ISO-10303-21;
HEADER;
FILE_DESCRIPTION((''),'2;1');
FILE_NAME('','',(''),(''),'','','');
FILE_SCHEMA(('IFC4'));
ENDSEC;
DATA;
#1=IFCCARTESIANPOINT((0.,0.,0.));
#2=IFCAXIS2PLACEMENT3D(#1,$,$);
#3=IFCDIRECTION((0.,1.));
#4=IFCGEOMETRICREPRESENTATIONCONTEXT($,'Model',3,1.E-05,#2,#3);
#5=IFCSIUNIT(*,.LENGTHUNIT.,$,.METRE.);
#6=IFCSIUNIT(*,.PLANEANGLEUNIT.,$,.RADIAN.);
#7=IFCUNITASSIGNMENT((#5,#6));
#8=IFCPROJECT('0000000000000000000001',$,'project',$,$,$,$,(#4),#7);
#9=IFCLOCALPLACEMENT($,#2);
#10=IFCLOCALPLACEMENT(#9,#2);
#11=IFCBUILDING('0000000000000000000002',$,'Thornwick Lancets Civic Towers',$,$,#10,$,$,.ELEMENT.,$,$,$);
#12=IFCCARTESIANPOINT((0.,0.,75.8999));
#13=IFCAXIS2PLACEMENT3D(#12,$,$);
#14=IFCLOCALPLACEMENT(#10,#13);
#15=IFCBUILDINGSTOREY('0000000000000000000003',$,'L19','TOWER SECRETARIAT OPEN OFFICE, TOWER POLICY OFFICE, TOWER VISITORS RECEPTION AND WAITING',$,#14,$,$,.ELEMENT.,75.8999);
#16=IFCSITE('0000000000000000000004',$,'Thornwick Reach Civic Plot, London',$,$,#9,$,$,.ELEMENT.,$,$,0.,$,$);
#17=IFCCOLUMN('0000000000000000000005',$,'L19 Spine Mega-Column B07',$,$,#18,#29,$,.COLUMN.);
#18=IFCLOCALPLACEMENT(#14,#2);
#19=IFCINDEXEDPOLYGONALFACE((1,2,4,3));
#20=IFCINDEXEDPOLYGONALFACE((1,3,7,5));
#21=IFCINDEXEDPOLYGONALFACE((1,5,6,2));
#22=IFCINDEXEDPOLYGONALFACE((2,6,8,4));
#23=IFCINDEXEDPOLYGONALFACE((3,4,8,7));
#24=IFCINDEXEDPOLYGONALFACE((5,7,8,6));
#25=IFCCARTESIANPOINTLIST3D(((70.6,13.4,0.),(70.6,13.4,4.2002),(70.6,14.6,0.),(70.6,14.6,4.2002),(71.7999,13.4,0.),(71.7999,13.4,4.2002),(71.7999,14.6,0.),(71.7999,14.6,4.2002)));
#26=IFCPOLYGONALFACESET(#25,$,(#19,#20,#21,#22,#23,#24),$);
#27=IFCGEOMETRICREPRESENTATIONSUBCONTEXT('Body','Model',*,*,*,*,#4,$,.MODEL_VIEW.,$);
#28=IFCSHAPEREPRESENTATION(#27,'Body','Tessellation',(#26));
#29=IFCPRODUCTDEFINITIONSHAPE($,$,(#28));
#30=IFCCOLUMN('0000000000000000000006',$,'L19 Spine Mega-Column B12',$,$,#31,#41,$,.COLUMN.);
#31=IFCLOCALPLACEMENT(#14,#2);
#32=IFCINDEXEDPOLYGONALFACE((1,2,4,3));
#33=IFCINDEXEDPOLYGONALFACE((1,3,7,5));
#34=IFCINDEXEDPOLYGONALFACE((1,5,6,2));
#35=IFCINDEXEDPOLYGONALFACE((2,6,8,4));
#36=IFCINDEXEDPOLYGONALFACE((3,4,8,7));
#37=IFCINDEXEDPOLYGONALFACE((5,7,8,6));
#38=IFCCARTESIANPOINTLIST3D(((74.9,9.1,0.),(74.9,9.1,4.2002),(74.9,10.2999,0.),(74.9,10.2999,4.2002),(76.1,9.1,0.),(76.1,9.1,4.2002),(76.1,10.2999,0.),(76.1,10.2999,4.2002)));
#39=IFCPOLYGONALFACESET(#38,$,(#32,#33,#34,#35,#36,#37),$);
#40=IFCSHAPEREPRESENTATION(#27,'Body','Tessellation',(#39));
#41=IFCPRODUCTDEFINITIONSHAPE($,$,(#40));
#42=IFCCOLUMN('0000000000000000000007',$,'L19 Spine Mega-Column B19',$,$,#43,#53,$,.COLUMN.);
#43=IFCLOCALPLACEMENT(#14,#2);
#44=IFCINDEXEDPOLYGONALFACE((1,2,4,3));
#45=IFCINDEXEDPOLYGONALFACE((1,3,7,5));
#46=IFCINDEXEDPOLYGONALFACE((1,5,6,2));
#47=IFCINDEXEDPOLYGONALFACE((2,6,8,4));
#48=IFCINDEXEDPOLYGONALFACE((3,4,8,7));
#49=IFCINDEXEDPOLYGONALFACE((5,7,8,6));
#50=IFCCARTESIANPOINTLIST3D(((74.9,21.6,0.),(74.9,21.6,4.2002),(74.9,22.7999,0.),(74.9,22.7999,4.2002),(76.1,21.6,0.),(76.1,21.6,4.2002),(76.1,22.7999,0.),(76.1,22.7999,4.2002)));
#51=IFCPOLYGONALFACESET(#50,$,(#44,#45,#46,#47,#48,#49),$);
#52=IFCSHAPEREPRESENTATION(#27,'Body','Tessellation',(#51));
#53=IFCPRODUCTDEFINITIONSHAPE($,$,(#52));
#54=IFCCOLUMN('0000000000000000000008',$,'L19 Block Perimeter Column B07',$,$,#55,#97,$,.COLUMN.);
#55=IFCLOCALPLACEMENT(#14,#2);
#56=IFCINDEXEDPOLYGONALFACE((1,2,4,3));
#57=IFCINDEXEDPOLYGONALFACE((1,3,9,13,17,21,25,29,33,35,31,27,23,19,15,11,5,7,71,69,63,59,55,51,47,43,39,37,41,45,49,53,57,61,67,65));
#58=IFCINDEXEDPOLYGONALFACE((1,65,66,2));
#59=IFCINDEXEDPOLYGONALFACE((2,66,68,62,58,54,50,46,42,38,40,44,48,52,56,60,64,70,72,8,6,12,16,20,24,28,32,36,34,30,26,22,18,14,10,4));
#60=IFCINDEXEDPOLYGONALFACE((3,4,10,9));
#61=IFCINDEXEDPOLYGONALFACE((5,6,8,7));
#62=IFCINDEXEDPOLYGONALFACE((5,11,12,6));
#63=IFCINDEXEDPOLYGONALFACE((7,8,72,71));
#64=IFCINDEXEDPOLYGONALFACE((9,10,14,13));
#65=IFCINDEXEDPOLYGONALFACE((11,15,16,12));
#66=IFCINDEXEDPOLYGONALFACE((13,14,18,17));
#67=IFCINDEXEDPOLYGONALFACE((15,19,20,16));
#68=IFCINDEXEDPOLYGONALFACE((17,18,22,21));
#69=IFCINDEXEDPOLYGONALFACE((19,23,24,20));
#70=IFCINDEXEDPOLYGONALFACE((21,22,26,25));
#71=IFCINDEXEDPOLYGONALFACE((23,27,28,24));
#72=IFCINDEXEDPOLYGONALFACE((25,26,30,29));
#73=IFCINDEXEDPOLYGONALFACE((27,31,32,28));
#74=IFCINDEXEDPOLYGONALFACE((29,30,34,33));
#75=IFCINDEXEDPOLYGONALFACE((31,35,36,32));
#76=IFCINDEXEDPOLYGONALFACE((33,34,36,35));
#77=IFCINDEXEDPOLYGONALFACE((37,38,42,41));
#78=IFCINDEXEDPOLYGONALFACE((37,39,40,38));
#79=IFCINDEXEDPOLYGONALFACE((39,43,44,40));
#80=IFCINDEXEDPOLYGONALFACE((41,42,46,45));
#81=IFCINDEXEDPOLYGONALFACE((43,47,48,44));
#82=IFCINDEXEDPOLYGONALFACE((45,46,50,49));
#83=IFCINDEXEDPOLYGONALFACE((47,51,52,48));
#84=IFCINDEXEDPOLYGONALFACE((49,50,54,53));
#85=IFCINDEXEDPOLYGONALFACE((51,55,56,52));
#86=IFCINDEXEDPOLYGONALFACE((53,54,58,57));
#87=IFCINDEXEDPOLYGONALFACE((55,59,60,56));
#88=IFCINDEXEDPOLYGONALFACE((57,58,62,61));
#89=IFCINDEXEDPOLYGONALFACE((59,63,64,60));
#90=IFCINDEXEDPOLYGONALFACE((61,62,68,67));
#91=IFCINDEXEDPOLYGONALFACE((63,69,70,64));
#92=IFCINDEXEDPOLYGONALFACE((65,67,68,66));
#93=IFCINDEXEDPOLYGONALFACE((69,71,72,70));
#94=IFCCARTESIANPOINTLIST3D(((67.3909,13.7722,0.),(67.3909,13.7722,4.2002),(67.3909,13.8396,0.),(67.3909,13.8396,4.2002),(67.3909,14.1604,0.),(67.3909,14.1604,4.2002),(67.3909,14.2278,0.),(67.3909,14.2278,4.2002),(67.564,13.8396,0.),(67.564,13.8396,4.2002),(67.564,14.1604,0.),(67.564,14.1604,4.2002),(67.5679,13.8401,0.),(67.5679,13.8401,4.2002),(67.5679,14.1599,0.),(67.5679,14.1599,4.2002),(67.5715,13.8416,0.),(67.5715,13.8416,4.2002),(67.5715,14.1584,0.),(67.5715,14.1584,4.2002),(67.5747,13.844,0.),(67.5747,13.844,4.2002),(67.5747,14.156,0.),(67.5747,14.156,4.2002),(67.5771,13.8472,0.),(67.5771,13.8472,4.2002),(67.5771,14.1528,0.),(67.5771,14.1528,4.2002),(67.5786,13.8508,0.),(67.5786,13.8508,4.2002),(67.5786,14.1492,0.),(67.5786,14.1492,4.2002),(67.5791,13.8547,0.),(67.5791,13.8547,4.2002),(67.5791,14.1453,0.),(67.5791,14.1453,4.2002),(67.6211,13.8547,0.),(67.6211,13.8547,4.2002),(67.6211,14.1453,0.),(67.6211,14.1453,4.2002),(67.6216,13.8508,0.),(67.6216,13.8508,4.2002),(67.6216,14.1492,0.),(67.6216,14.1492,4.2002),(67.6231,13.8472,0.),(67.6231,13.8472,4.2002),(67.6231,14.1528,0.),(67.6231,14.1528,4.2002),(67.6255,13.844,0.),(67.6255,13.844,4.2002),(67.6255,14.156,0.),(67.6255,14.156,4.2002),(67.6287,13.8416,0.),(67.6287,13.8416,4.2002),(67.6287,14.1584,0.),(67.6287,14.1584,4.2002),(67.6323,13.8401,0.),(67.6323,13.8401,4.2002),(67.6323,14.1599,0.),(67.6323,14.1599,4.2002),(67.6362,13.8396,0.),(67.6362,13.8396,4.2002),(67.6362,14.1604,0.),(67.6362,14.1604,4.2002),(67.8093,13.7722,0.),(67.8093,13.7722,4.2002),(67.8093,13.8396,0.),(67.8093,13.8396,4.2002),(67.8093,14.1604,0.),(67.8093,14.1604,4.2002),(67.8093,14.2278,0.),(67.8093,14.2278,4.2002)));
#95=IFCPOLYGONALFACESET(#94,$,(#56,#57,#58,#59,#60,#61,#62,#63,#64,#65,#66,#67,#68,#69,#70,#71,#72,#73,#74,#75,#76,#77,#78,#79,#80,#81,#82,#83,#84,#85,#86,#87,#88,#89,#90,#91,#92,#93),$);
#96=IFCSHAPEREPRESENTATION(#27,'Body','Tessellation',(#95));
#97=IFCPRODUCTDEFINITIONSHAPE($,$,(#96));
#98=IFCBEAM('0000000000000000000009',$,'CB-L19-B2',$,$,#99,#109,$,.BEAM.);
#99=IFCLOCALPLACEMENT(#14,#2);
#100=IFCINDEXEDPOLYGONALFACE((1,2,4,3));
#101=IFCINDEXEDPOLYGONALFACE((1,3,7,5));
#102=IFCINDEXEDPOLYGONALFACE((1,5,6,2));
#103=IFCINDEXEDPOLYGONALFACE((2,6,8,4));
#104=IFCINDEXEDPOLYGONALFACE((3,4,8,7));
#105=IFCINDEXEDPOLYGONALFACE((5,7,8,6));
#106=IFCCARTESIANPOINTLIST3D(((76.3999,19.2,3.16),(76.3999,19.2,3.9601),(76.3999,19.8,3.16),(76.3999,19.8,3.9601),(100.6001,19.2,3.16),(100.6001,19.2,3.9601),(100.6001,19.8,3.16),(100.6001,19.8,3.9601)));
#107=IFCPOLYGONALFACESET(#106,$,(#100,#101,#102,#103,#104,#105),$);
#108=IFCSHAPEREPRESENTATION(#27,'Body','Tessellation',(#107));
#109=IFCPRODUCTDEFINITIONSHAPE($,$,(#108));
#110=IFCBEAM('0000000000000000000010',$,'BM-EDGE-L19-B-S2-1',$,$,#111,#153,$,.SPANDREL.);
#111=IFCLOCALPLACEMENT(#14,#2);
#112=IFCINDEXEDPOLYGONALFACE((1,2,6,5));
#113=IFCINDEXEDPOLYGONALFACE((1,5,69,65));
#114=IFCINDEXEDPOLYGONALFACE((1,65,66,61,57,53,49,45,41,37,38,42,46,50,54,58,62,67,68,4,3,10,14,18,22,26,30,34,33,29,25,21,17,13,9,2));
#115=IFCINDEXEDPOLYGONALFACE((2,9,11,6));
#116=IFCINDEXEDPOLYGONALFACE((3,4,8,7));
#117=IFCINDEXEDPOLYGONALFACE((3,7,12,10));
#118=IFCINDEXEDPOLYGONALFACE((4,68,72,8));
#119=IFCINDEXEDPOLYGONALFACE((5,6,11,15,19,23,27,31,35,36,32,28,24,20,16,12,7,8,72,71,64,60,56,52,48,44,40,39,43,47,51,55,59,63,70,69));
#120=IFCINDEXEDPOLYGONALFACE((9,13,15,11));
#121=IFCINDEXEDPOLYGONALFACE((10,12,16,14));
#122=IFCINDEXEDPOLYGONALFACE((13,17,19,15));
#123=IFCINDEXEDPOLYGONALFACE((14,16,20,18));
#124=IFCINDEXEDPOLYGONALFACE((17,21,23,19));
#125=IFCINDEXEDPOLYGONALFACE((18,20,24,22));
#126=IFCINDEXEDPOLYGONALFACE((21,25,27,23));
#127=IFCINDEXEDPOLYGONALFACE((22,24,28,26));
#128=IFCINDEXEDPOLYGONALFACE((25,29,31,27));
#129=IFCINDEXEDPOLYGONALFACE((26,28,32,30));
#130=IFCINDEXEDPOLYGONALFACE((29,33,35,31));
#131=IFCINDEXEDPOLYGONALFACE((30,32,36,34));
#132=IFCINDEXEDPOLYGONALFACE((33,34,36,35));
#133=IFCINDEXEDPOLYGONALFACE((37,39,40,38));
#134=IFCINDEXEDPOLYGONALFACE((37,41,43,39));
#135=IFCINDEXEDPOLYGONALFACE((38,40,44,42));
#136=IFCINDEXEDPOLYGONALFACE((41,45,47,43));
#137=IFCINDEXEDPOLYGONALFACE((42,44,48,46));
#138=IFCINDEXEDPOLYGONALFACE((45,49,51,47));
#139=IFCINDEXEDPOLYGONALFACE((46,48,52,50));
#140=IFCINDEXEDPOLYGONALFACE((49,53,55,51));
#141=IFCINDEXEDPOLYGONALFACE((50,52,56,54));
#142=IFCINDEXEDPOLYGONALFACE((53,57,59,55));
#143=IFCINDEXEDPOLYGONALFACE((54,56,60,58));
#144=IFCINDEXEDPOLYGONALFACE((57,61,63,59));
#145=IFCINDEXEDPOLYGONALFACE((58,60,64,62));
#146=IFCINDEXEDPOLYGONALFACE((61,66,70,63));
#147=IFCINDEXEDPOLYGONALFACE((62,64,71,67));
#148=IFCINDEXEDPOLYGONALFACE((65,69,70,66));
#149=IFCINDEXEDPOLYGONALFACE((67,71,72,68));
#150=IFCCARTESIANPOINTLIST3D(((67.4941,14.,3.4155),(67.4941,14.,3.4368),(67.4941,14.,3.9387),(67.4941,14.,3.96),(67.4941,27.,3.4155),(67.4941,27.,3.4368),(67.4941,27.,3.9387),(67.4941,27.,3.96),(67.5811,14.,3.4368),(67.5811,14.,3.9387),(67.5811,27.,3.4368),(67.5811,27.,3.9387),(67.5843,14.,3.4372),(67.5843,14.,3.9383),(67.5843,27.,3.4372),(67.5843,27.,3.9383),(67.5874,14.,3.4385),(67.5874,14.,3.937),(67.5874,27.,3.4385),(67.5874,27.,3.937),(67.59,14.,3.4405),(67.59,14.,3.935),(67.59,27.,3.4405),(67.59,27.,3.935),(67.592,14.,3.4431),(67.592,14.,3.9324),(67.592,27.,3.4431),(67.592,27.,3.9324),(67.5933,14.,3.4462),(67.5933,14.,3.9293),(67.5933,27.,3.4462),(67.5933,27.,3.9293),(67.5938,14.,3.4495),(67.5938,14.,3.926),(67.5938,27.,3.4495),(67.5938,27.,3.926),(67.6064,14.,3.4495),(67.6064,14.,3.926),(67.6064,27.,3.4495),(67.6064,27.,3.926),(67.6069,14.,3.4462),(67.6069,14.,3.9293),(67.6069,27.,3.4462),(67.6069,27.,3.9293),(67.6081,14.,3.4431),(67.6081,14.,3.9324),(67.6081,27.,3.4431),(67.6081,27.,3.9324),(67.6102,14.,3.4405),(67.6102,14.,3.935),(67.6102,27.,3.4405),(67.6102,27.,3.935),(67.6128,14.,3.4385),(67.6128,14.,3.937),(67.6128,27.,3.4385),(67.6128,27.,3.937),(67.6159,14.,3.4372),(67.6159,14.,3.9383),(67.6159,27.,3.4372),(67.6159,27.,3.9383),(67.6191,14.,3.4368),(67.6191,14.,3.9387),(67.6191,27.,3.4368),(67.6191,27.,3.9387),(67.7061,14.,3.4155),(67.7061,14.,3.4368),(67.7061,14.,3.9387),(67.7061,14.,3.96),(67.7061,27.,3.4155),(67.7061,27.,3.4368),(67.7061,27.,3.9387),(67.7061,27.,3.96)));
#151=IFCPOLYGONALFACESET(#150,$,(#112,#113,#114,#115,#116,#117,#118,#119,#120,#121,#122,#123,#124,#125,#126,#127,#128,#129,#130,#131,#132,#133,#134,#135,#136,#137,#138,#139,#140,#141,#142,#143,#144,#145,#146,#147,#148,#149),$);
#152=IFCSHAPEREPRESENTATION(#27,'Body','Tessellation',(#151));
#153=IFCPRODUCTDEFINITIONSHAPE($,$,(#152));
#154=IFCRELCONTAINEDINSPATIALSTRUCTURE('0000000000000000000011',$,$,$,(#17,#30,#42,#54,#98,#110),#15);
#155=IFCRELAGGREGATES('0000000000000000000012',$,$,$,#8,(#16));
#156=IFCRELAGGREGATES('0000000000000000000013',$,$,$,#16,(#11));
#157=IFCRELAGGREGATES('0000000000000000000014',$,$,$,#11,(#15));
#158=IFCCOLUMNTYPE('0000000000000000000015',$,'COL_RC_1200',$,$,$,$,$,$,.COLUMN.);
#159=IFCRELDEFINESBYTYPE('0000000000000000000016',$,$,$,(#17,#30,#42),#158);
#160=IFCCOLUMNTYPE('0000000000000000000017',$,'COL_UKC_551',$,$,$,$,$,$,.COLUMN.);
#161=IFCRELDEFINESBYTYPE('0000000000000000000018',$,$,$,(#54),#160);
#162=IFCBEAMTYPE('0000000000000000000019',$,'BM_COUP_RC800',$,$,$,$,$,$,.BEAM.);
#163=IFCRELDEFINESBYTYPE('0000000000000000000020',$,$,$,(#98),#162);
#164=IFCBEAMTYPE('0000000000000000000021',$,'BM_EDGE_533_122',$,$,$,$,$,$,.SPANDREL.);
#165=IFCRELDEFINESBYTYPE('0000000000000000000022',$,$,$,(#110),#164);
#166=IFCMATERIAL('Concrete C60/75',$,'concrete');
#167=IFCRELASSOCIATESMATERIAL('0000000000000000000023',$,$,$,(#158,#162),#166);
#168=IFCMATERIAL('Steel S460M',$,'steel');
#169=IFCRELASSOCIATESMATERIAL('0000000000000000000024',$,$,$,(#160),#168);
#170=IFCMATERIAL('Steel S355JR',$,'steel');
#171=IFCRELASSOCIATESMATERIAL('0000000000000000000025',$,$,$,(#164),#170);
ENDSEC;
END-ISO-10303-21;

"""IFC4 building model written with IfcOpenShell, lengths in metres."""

from ifc_helpers import new_model, si_unit, direction, frame, origin, origin_2d, place, context, subcontext, project, spatial, rectangle, i_section, extrude, material, material_profile, profile_set, type_object, element, save


model = new_model("IFC4")

# Units and contexts
model_context = context("Model", 3, precision=1e-05, world=origin(), true_north=direction((0.0, 1.0)))
body_context = subcontext(model_context, "Body", "Model", "MODEL_VIEW")
ifc_project = project(units=[si_unit("LENGTHUNIT", "METRE"), si_unit("PLANEANGLEUNIT", "RADIAN")], contexts=[model_context])

# Site, building, storey
site_placement = place(None, origin())
site = spatial("IfcSite", under=ifc_project, at=site_placement, Name="Thornwick Reach Civic Plot, London", CompositionType="ELEMENT", RefElevation=0.0)
building_placement = place(site_placement, origin())
building = spatial("IfcBuilding", under=site, at=building_placement, Name="Thornwick Lancets Civic Towers", CompositionType="ELEMENT")
storey_placement = place(building_placement, frame((0.0, 0.0, 75.8999)))
storey = spatial("IfcBuildingStorey", under=building, at=storey_placement, Name="L19", Description="TOWER SECRETARIAT OPEN OFFICE, TOWER POLICY OFFICE, TOWER VISITORS RECEPTION AND WAITING", CompositionType="ELEMENT", Elevation=75.8999)

# Columns
ifc_material_1 = material(Name="Concrete C60/75", Category="concrete")
ifc_material_profile_1 = material_profile(ifc_material_1, rectangle(XDim=1.2, YDim=1.2, at=origin_2d()), Name="RC 1200x1200")
ifc_profile_set_1 = profile_set([ifc_material_profile_1], Name="Concrete C60/75")
column_type_1 = type_object("IfcColumnType", Name="COL_RC_1200", PredefinedType="COLUMN", material=ifc_profile_set_1)
for number, where, z_axis, x_axis, name in (
    (1, (71.2, 14.0, 0.0), (0.0, 0.0, 1.0), (1.0, 0.0, 0.0), "L19 Spine Mega-Column B07"),
    (2, (75.5, 9.7, 0.0), (0.0, 0.0, 1.0), (1.0, 0.0, 0.0), "L19 Spine Mega-Column B12"),
    (3, (75.5, 22.2, 0.0), (0.0, 0.0, 1.0), (1.0, 0.0, 0.0), "L19 Spine Mega-Column B19"),
):
    element("IfcColumn", number, at=place(storey_placement, frame(where, z_axis=z_axis, x_axis=x_axis)), inside=storey, type_object=column_type_1, Name=name, PredefinedType="COLUMN", context=body_context, shape_type="SweptSolid", body=[
        extrude(rectangle(XDim=1.2, YDim=1.2, at=origin_2d()), origin(), (0.0, 0.0, 1.0), 4.2002),
    ])
ifc_material_2 = material(Name="Steel S460M", Category="steel")
ifc_material_profile_2 = material_profile(ifc_material_2, i_section(OverallWidth=0.4185, OverallDepth=0.4556, WebThickness=0.042, FlangeThickness=0.0674, FilletRadius=0.0151, at=origin_2d()), Name="UKC 356x406x551")
ifc_profile_set_2 = profile_set([ifc_material_profile_2], Name="Steel S460M")
column_type_2 = type_object("IfcColumnType", Name="COL_UKC_551", PredefinedType="COLUMN", material=ifc_profile_set_2)
column_placement = place(storey_placement, frame((67.6001, 14.0, 0.0), z_axis=(0.0, 0.0, 1.0), x_axis=(1.0, 0.0, 0.0)))
element("IfcColumn", 4, at=column_placement, inside=storey, type_object=column_type_2, Name="L19 Block Perimeter Column B07", PredefinedType="COLUMN", context=body_context, shape_type="SweptSolid", body=[
    extrude(i_section(OverallWidth=0.4185, OverallDepth=0.4556, WebThickness=0.042, FlangeThickness=0.0674, FilletRadius=0.0151, at=origin_2d()), origin(), (0.0, 0.0, 1.0), 4.2002),
])

# Beams
ifc_material_profile_3 = material_profile(ifc_material_1, rectangle(XDim=0.6001, YDim=0.8, at=origin_2d()), Name="RC 600x800")
ifc_profile_set_3 = profile_set([ifc_material_profile_3], Name="Concrete C60/75")
beam_type_1 = type_object("IfcBeamType", Name="BM_COUP_RC800", PredefinedType="BEAM", material=ifc_profile_set_3)
beam_1_placement = place(storey_placement, frame((76.3999, 19.5, 3.5601), z_axis=(1.0, 0.0, 0.0), x_axis=(0.0, 1.0, 0.0)))
element("IfcBeam", 5, at=beam_1_placement, inside=storey, type_object=beam_type_1, Name="CB-L19-B2", PredefinedType="BEAM", context=body_context, shape_type="SweptSolid", body=[
    extrude(rectangle(XDim=0.6001, YDim=0.8, at=origin_2d()), origin(), (0.0, 0.0, 1.0), 24.2002),
])
ifc_material_3 = material(Name="Steel S355JR", Category="steel")
ifc_material_profile_4 = material_profile(ifc_material_3, i_section(OverallWidth=0.2119, OverallDepth=0.5444, WebThickness=0.0127, FlangeThickness=0.0212, FilletRadius=0.0127, at=origin_2d()), Name="UKB 533x210x122")
ifc_profile_set_4 = profile_set([ifc_material_profile_4], Name="Steel S355JR")
beam_type_2 = type_object("IfcBeamType", Name="BM_EDGE_533_122", PredefinedType="SPANDREL", material=ifc_profile_set_4)
beam_2_placement = place(storey_placement, frame((67.6001, 14.0, 3.6877), z_axis=(0.0, 1.0, 0.0), x_axis=(-1.0, 0.0, 0.0)))
element("IfcBeam", 6, at=beam_2_placement, inside=storey, type_object=beam_type_2, Name="BM-EDGE-L19-B-S2-1", PredefinedType="SPANDREL", context=body_context, shape_type="SweptSolid", body=[
    extrude(i_section(OverallWidth=0.2119, OverallDepth=0.5444, WebThickness=0.0127, FlangeThickness=0.0212, FilletRadius=0.0127, at=origin_2d()), origin(), (0.0, 0.0, 1.0), 13.0),
])

save(model, "model.ifc")
